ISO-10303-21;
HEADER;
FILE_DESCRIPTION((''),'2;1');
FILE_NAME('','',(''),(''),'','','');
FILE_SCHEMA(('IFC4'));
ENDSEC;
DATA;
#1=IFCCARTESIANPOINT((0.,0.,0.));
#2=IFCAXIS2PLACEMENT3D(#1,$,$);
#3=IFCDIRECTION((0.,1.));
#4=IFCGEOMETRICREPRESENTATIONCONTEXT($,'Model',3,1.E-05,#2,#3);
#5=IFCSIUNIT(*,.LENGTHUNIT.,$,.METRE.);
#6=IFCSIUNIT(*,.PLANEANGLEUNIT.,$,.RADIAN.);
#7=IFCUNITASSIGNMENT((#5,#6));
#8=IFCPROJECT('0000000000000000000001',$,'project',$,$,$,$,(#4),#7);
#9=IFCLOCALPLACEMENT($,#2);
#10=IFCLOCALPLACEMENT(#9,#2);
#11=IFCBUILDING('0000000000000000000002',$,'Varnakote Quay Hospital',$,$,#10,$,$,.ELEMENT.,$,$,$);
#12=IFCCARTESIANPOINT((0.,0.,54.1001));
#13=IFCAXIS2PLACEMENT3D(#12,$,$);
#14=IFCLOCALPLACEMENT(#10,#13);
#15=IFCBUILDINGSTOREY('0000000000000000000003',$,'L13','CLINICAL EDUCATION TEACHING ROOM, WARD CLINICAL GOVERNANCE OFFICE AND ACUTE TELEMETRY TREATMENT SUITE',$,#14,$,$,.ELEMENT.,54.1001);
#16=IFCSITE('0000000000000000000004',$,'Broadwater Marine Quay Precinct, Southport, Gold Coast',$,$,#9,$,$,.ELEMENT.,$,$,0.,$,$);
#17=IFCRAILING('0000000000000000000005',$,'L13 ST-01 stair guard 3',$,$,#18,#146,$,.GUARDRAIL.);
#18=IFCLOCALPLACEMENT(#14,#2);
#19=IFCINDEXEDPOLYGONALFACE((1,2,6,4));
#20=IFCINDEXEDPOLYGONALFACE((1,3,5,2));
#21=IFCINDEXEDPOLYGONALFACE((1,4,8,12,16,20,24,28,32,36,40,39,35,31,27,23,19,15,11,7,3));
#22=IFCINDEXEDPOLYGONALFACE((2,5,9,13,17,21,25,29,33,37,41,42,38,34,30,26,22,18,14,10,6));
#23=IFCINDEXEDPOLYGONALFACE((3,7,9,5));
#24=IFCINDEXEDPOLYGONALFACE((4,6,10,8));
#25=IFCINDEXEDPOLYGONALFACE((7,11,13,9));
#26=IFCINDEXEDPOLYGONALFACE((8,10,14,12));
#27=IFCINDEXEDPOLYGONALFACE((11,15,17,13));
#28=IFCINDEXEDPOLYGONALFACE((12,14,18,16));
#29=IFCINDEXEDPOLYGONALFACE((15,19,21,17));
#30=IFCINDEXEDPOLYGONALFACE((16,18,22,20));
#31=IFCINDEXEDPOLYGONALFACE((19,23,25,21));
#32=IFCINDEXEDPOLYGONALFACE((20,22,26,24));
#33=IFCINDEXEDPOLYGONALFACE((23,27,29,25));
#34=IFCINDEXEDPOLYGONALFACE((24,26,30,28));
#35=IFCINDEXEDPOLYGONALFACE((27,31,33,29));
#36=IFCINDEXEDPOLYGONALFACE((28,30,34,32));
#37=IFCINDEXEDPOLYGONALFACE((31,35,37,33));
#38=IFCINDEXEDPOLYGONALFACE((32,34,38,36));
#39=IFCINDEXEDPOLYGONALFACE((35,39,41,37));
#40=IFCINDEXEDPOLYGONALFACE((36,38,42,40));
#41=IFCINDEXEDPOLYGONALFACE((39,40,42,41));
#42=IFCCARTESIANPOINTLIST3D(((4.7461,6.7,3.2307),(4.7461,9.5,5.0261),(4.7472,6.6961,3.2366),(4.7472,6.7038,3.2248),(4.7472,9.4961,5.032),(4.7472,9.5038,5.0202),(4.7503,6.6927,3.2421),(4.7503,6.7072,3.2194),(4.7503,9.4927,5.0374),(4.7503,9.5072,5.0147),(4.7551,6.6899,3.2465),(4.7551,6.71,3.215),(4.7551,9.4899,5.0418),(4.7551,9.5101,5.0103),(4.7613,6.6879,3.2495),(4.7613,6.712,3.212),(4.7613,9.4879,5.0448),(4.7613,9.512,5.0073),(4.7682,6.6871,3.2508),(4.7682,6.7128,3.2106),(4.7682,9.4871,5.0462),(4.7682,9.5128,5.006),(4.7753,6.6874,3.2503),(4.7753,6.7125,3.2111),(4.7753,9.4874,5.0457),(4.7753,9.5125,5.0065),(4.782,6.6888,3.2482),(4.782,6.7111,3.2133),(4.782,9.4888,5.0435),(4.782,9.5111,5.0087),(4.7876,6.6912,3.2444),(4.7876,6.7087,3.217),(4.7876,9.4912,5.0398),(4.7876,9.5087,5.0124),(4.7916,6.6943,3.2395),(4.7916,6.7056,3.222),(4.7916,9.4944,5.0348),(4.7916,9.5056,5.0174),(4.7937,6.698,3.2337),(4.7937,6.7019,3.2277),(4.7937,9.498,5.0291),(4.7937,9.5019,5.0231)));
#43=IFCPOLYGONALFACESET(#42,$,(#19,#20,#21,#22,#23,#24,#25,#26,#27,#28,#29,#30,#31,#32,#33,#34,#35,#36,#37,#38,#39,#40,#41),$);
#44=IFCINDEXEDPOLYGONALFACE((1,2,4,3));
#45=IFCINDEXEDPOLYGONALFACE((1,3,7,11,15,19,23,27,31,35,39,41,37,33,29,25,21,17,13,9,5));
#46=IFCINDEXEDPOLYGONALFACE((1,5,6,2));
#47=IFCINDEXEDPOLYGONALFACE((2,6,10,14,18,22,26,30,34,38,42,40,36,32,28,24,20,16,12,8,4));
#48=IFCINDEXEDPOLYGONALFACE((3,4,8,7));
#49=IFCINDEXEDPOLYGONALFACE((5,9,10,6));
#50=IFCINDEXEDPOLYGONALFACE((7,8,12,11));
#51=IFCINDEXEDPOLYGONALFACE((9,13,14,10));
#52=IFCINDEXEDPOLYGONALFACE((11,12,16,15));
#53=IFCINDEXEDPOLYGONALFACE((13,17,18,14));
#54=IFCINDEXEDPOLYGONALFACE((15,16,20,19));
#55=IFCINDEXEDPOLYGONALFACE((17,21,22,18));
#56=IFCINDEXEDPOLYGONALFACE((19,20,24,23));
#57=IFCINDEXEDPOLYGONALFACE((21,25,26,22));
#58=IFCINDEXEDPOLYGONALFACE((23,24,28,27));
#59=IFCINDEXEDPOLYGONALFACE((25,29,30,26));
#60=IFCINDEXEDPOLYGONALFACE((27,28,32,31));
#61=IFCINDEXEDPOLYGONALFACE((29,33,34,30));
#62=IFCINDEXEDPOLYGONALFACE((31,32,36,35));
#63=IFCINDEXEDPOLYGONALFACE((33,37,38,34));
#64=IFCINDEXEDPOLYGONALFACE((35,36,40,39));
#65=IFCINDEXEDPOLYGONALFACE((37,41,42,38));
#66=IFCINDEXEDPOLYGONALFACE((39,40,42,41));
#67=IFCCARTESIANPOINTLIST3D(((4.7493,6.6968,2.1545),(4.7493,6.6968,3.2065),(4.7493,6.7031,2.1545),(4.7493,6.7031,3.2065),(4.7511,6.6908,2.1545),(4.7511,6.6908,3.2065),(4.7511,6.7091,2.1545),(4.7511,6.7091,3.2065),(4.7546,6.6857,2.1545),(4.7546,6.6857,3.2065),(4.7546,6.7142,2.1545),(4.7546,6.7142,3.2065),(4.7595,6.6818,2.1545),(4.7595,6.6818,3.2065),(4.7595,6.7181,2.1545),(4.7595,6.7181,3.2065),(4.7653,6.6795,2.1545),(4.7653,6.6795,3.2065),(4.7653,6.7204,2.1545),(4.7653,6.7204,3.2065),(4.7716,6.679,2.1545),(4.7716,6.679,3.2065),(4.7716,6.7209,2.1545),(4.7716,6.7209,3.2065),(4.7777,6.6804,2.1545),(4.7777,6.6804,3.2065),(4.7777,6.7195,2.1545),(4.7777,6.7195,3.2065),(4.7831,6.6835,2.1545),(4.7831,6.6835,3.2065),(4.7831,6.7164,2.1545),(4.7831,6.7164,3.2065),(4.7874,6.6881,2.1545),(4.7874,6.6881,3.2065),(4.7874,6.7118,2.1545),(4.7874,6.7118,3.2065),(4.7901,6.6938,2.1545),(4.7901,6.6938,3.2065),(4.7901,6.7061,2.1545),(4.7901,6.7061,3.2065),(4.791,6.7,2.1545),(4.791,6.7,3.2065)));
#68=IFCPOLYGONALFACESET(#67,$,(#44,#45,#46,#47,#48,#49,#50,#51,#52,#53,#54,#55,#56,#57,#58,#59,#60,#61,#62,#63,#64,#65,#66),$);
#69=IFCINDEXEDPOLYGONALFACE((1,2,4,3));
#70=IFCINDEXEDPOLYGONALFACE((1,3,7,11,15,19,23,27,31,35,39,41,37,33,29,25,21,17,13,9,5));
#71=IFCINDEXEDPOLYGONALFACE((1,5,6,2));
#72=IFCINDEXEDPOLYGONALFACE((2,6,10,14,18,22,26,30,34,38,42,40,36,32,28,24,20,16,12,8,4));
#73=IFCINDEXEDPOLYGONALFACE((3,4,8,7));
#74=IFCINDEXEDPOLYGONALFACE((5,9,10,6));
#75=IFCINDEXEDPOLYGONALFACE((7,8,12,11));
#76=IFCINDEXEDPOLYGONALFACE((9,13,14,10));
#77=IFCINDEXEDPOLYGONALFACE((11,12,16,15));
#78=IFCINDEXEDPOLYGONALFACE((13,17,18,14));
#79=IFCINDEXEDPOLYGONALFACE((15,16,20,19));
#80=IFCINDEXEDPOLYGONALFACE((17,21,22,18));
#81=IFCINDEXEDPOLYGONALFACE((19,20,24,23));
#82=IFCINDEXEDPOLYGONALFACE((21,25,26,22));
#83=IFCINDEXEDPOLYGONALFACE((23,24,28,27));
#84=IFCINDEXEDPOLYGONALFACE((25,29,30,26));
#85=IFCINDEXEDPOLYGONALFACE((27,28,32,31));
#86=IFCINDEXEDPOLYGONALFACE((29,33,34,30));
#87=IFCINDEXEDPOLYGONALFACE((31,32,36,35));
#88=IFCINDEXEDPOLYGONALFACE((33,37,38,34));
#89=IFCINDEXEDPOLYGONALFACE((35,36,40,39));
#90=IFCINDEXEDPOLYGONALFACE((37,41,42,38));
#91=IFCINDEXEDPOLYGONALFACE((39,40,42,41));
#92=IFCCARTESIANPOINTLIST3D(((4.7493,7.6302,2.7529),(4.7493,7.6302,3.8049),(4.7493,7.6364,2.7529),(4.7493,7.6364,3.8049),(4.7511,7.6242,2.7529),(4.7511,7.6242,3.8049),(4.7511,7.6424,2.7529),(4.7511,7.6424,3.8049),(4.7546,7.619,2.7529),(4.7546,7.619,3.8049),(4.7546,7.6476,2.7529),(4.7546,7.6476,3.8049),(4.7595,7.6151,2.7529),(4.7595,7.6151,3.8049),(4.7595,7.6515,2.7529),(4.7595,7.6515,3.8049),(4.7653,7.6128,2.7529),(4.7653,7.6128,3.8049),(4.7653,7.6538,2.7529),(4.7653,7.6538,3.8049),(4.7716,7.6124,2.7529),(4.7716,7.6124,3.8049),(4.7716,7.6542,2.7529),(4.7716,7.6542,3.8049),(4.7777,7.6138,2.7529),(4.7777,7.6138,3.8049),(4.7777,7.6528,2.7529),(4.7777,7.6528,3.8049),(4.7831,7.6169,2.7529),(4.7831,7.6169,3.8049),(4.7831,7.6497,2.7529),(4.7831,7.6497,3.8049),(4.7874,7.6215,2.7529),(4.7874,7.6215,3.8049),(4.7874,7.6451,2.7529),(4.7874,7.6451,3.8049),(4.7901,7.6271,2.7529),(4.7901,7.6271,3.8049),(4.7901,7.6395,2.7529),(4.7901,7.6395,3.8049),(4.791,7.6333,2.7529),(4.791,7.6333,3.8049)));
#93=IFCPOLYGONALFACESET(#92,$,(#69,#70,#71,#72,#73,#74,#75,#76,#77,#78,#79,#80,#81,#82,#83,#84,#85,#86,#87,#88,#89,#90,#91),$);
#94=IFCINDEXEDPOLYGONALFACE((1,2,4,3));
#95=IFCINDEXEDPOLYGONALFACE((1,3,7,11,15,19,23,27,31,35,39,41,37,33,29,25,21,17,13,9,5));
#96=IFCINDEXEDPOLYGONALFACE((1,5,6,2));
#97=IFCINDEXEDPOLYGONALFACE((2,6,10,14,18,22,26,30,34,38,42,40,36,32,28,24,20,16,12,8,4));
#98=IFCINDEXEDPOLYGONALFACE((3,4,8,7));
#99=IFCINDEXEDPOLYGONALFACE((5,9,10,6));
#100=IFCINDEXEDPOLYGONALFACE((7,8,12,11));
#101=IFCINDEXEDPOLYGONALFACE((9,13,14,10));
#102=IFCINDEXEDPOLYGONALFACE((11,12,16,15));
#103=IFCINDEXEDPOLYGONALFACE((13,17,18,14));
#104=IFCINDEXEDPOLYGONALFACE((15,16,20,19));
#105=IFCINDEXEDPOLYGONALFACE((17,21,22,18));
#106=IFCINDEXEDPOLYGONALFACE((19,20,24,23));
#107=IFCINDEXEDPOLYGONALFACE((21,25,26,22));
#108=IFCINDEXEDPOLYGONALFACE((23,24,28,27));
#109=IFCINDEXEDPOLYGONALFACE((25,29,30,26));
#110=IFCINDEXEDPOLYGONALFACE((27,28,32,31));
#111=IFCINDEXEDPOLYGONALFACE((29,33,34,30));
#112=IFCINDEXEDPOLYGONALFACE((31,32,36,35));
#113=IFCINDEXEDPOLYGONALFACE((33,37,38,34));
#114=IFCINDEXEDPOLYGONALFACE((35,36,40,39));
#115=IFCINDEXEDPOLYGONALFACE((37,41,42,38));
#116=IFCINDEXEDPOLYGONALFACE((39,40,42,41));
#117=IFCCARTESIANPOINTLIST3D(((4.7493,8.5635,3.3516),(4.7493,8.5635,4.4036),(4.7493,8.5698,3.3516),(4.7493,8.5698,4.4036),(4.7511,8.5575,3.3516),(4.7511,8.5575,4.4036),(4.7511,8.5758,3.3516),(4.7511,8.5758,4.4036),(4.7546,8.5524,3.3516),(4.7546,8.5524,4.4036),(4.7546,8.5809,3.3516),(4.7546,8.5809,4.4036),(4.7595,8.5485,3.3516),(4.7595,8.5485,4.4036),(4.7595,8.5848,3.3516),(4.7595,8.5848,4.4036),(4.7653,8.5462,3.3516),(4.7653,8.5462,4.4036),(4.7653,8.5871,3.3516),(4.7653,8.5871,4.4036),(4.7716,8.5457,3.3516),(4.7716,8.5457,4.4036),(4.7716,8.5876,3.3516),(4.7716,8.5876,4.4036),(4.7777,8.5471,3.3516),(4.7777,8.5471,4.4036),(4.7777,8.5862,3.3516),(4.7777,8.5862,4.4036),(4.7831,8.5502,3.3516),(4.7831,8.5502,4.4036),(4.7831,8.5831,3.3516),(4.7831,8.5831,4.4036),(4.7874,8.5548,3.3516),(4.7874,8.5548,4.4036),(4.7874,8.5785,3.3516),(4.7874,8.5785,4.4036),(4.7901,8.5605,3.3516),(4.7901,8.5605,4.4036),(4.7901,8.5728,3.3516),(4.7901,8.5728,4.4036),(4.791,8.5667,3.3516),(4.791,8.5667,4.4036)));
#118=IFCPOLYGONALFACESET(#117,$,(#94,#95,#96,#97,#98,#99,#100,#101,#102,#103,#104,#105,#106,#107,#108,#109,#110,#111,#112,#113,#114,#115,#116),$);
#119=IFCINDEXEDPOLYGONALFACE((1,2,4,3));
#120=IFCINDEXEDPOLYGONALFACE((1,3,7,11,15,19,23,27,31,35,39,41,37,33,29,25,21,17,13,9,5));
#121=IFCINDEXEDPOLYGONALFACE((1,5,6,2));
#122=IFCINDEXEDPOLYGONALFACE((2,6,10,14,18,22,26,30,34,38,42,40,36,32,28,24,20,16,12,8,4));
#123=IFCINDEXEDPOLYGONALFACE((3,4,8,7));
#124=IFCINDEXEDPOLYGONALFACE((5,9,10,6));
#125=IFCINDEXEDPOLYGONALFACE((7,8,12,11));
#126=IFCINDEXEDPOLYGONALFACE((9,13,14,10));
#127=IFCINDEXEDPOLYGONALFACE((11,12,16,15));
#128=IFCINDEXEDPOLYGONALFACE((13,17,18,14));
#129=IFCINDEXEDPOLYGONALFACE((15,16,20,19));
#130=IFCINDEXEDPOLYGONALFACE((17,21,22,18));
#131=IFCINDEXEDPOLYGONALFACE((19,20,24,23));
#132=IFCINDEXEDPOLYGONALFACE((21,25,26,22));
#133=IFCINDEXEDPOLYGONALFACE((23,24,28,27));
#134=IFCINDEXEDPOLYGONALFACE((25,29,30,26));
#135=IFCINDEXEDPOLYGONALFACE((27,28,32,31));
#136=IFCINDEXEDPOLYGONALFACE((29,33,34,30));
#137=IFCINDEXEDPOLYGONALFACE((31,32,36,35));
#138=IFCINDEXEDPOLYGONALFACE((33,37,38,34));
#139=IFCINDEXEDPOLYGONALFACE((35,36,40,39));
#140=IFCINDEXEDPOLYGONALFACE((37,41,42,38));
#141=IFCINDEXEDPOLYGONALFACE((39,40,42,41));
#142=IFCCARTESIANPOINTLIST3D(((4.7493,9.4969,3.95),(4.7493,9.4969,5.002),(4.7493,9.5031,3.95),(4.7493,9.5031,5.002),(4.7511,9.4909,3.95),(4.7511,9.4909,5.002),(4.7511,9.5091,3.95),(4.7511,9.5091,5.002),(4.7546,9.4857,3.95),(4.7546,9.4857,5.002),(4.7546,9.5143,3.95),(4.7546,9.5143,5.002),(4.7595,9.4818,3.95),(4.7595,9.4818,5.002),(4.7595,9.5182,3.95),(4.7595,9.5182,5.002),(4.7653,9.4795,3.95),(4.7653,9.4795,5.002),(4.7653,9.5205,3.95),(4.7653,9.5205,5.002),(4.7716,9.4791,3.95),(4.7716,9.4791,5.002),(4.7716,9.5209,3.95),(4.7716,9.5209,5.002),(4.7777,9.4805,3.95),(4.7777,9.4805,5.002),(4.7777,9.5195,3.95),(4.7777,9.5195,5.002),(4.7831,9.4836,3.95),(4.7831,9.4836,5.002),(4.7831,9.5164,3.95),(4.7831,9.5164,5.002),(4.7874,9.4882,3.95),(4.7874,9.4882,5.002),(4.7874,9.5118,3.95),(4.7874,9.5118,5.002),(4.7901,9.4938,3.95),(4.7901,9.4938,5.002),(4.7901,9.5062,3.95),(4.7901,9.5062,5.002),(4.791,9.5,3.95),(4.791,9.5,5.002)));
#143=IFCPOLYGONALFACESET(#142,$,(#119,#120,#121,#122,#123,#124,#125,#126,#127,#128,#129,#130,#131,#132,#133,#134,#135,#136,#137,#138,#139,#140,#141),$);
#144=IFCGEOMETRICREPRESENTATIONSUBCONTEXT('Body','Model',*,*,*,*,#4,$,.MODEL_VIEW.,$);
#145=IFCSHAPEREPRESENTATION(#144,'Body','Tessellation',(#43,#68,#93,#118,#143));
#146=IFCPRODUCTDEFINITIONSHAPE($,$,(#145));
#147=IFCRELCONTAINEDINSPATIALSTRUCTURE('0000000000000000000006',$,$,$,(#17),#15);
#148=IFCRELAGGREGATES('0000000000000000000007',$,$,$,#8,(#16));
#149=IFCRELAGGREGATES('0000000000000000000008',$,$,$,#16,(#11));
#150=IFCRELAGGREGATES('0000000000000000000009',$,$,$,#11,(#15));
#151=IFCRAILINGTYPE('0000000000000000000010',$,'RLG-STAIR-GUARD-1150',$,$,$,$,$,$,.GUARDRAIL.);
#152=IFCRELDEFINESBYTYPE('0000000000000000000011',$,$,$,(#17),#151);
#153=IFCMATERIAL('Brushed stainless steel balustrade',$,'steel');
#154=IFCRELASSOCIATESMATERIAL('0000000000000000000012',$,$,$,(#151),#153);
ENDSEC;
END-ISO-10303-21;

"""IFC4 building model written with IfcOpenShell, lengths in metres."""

from ifc_helpers import new_model, si_unit, direction, frame, origin, origin_2d, place, context, subcontext, project, spatial, circle, extrude, material, type_object, element, save


model = new_model("IFC4")

# Units and contexts
model_context = context("Model", 3, precision=1e-05, world=origin(), true_north=direction((0.0, 1.0)))
body_context = subcontext(model_context, "Body", "Model", "MODEL_VIEW")
ifc_project = project(units=[si_unit("LENGTHUNIT", "METRE"), si_unit("PLANEANGLEUNIT", "RADIAN")], contexts=[model_context])

# Site, building, storey
site_placement = place(None, origin())
site = spatial("IfcSite", under=ifc_project, at=site_placement, Name="Broadwater Marine Quay Precinct, Southport, Gold Coast", CompositionType="ELEMENT", RefElevation=0.0)
building_placement = place(site_placement, origin())
building = spatial("IfcBuilding", under=site, at=building_placement, Name="Varnakote Quay Hospital", CompositionType="ELEMENT")
storey_placement = place(building_placement, frame((0.0, 0.0, 54.1001)))
storey = spatial("IfcBuildingStorey", under=building, at=storey_placement, Name="L13", Description="CLINICAL EDUCATION TEACHING ROOM, WARD CLINICAL GOVERNANCE OFFICE AND ACUTE TELEMETRY TREATMENT SUITE", CompositionType="ELEMENT", Elevation=54.1001)

# Railing
ifc_material_1 = material(Name="Brushed stainless steel balustrade", Category="steel")
railing_type_1 = type_object("IfcRailingType", Name="RLG-STAIR-GUARD-1150", PredefinedType="GUARDRAIL", material=ifc_material_1)
railing_1_placement = place(storey_placement, frame((4.77, 6.7, 2.1545)))
element("IfcRailing", 1, at=railing_1_placement, inside=storey, type_object=railing_type_1, Name="L13 ST-01 stair guard 3", PredefinedType="GUARDRAIL", context=body_context, shape_type="SweptSolid", body=[
    extrude(circle(Radius=0.0239, at=origin_2d()), frame((0.0, 0.0, 1.0762), z_axis=(0.0, 0.84181, 0.539774), x_axis=(-1.0, 0.0, 0.0)), (0.0, 0.0, 1.0), 3.3262),
    extrude(circle(Radius=0.021, at=origin_2d()), origin(), (0.0, 0.0, 1.0), 1.052),
    extrude(circle(Radius=0.021, at=origin_2d()), frame((0.0, 0.9333, 0.5984)), (0.0, 0.0, 1.0), 1.052),
    extrude(circle(Radius=0.021, at=origin_2d()), frame((0.0, 1.8667, 1.197)), (0.0, 0.0, 1.0), 1.052),
    extrude(circle(Radius=0.021, at=origin_2d()), frame((0.0, 2.8, 1.7954)), (0.0, 0.0, 1.0), 1.052),
])

save(model, "model.ifc")
